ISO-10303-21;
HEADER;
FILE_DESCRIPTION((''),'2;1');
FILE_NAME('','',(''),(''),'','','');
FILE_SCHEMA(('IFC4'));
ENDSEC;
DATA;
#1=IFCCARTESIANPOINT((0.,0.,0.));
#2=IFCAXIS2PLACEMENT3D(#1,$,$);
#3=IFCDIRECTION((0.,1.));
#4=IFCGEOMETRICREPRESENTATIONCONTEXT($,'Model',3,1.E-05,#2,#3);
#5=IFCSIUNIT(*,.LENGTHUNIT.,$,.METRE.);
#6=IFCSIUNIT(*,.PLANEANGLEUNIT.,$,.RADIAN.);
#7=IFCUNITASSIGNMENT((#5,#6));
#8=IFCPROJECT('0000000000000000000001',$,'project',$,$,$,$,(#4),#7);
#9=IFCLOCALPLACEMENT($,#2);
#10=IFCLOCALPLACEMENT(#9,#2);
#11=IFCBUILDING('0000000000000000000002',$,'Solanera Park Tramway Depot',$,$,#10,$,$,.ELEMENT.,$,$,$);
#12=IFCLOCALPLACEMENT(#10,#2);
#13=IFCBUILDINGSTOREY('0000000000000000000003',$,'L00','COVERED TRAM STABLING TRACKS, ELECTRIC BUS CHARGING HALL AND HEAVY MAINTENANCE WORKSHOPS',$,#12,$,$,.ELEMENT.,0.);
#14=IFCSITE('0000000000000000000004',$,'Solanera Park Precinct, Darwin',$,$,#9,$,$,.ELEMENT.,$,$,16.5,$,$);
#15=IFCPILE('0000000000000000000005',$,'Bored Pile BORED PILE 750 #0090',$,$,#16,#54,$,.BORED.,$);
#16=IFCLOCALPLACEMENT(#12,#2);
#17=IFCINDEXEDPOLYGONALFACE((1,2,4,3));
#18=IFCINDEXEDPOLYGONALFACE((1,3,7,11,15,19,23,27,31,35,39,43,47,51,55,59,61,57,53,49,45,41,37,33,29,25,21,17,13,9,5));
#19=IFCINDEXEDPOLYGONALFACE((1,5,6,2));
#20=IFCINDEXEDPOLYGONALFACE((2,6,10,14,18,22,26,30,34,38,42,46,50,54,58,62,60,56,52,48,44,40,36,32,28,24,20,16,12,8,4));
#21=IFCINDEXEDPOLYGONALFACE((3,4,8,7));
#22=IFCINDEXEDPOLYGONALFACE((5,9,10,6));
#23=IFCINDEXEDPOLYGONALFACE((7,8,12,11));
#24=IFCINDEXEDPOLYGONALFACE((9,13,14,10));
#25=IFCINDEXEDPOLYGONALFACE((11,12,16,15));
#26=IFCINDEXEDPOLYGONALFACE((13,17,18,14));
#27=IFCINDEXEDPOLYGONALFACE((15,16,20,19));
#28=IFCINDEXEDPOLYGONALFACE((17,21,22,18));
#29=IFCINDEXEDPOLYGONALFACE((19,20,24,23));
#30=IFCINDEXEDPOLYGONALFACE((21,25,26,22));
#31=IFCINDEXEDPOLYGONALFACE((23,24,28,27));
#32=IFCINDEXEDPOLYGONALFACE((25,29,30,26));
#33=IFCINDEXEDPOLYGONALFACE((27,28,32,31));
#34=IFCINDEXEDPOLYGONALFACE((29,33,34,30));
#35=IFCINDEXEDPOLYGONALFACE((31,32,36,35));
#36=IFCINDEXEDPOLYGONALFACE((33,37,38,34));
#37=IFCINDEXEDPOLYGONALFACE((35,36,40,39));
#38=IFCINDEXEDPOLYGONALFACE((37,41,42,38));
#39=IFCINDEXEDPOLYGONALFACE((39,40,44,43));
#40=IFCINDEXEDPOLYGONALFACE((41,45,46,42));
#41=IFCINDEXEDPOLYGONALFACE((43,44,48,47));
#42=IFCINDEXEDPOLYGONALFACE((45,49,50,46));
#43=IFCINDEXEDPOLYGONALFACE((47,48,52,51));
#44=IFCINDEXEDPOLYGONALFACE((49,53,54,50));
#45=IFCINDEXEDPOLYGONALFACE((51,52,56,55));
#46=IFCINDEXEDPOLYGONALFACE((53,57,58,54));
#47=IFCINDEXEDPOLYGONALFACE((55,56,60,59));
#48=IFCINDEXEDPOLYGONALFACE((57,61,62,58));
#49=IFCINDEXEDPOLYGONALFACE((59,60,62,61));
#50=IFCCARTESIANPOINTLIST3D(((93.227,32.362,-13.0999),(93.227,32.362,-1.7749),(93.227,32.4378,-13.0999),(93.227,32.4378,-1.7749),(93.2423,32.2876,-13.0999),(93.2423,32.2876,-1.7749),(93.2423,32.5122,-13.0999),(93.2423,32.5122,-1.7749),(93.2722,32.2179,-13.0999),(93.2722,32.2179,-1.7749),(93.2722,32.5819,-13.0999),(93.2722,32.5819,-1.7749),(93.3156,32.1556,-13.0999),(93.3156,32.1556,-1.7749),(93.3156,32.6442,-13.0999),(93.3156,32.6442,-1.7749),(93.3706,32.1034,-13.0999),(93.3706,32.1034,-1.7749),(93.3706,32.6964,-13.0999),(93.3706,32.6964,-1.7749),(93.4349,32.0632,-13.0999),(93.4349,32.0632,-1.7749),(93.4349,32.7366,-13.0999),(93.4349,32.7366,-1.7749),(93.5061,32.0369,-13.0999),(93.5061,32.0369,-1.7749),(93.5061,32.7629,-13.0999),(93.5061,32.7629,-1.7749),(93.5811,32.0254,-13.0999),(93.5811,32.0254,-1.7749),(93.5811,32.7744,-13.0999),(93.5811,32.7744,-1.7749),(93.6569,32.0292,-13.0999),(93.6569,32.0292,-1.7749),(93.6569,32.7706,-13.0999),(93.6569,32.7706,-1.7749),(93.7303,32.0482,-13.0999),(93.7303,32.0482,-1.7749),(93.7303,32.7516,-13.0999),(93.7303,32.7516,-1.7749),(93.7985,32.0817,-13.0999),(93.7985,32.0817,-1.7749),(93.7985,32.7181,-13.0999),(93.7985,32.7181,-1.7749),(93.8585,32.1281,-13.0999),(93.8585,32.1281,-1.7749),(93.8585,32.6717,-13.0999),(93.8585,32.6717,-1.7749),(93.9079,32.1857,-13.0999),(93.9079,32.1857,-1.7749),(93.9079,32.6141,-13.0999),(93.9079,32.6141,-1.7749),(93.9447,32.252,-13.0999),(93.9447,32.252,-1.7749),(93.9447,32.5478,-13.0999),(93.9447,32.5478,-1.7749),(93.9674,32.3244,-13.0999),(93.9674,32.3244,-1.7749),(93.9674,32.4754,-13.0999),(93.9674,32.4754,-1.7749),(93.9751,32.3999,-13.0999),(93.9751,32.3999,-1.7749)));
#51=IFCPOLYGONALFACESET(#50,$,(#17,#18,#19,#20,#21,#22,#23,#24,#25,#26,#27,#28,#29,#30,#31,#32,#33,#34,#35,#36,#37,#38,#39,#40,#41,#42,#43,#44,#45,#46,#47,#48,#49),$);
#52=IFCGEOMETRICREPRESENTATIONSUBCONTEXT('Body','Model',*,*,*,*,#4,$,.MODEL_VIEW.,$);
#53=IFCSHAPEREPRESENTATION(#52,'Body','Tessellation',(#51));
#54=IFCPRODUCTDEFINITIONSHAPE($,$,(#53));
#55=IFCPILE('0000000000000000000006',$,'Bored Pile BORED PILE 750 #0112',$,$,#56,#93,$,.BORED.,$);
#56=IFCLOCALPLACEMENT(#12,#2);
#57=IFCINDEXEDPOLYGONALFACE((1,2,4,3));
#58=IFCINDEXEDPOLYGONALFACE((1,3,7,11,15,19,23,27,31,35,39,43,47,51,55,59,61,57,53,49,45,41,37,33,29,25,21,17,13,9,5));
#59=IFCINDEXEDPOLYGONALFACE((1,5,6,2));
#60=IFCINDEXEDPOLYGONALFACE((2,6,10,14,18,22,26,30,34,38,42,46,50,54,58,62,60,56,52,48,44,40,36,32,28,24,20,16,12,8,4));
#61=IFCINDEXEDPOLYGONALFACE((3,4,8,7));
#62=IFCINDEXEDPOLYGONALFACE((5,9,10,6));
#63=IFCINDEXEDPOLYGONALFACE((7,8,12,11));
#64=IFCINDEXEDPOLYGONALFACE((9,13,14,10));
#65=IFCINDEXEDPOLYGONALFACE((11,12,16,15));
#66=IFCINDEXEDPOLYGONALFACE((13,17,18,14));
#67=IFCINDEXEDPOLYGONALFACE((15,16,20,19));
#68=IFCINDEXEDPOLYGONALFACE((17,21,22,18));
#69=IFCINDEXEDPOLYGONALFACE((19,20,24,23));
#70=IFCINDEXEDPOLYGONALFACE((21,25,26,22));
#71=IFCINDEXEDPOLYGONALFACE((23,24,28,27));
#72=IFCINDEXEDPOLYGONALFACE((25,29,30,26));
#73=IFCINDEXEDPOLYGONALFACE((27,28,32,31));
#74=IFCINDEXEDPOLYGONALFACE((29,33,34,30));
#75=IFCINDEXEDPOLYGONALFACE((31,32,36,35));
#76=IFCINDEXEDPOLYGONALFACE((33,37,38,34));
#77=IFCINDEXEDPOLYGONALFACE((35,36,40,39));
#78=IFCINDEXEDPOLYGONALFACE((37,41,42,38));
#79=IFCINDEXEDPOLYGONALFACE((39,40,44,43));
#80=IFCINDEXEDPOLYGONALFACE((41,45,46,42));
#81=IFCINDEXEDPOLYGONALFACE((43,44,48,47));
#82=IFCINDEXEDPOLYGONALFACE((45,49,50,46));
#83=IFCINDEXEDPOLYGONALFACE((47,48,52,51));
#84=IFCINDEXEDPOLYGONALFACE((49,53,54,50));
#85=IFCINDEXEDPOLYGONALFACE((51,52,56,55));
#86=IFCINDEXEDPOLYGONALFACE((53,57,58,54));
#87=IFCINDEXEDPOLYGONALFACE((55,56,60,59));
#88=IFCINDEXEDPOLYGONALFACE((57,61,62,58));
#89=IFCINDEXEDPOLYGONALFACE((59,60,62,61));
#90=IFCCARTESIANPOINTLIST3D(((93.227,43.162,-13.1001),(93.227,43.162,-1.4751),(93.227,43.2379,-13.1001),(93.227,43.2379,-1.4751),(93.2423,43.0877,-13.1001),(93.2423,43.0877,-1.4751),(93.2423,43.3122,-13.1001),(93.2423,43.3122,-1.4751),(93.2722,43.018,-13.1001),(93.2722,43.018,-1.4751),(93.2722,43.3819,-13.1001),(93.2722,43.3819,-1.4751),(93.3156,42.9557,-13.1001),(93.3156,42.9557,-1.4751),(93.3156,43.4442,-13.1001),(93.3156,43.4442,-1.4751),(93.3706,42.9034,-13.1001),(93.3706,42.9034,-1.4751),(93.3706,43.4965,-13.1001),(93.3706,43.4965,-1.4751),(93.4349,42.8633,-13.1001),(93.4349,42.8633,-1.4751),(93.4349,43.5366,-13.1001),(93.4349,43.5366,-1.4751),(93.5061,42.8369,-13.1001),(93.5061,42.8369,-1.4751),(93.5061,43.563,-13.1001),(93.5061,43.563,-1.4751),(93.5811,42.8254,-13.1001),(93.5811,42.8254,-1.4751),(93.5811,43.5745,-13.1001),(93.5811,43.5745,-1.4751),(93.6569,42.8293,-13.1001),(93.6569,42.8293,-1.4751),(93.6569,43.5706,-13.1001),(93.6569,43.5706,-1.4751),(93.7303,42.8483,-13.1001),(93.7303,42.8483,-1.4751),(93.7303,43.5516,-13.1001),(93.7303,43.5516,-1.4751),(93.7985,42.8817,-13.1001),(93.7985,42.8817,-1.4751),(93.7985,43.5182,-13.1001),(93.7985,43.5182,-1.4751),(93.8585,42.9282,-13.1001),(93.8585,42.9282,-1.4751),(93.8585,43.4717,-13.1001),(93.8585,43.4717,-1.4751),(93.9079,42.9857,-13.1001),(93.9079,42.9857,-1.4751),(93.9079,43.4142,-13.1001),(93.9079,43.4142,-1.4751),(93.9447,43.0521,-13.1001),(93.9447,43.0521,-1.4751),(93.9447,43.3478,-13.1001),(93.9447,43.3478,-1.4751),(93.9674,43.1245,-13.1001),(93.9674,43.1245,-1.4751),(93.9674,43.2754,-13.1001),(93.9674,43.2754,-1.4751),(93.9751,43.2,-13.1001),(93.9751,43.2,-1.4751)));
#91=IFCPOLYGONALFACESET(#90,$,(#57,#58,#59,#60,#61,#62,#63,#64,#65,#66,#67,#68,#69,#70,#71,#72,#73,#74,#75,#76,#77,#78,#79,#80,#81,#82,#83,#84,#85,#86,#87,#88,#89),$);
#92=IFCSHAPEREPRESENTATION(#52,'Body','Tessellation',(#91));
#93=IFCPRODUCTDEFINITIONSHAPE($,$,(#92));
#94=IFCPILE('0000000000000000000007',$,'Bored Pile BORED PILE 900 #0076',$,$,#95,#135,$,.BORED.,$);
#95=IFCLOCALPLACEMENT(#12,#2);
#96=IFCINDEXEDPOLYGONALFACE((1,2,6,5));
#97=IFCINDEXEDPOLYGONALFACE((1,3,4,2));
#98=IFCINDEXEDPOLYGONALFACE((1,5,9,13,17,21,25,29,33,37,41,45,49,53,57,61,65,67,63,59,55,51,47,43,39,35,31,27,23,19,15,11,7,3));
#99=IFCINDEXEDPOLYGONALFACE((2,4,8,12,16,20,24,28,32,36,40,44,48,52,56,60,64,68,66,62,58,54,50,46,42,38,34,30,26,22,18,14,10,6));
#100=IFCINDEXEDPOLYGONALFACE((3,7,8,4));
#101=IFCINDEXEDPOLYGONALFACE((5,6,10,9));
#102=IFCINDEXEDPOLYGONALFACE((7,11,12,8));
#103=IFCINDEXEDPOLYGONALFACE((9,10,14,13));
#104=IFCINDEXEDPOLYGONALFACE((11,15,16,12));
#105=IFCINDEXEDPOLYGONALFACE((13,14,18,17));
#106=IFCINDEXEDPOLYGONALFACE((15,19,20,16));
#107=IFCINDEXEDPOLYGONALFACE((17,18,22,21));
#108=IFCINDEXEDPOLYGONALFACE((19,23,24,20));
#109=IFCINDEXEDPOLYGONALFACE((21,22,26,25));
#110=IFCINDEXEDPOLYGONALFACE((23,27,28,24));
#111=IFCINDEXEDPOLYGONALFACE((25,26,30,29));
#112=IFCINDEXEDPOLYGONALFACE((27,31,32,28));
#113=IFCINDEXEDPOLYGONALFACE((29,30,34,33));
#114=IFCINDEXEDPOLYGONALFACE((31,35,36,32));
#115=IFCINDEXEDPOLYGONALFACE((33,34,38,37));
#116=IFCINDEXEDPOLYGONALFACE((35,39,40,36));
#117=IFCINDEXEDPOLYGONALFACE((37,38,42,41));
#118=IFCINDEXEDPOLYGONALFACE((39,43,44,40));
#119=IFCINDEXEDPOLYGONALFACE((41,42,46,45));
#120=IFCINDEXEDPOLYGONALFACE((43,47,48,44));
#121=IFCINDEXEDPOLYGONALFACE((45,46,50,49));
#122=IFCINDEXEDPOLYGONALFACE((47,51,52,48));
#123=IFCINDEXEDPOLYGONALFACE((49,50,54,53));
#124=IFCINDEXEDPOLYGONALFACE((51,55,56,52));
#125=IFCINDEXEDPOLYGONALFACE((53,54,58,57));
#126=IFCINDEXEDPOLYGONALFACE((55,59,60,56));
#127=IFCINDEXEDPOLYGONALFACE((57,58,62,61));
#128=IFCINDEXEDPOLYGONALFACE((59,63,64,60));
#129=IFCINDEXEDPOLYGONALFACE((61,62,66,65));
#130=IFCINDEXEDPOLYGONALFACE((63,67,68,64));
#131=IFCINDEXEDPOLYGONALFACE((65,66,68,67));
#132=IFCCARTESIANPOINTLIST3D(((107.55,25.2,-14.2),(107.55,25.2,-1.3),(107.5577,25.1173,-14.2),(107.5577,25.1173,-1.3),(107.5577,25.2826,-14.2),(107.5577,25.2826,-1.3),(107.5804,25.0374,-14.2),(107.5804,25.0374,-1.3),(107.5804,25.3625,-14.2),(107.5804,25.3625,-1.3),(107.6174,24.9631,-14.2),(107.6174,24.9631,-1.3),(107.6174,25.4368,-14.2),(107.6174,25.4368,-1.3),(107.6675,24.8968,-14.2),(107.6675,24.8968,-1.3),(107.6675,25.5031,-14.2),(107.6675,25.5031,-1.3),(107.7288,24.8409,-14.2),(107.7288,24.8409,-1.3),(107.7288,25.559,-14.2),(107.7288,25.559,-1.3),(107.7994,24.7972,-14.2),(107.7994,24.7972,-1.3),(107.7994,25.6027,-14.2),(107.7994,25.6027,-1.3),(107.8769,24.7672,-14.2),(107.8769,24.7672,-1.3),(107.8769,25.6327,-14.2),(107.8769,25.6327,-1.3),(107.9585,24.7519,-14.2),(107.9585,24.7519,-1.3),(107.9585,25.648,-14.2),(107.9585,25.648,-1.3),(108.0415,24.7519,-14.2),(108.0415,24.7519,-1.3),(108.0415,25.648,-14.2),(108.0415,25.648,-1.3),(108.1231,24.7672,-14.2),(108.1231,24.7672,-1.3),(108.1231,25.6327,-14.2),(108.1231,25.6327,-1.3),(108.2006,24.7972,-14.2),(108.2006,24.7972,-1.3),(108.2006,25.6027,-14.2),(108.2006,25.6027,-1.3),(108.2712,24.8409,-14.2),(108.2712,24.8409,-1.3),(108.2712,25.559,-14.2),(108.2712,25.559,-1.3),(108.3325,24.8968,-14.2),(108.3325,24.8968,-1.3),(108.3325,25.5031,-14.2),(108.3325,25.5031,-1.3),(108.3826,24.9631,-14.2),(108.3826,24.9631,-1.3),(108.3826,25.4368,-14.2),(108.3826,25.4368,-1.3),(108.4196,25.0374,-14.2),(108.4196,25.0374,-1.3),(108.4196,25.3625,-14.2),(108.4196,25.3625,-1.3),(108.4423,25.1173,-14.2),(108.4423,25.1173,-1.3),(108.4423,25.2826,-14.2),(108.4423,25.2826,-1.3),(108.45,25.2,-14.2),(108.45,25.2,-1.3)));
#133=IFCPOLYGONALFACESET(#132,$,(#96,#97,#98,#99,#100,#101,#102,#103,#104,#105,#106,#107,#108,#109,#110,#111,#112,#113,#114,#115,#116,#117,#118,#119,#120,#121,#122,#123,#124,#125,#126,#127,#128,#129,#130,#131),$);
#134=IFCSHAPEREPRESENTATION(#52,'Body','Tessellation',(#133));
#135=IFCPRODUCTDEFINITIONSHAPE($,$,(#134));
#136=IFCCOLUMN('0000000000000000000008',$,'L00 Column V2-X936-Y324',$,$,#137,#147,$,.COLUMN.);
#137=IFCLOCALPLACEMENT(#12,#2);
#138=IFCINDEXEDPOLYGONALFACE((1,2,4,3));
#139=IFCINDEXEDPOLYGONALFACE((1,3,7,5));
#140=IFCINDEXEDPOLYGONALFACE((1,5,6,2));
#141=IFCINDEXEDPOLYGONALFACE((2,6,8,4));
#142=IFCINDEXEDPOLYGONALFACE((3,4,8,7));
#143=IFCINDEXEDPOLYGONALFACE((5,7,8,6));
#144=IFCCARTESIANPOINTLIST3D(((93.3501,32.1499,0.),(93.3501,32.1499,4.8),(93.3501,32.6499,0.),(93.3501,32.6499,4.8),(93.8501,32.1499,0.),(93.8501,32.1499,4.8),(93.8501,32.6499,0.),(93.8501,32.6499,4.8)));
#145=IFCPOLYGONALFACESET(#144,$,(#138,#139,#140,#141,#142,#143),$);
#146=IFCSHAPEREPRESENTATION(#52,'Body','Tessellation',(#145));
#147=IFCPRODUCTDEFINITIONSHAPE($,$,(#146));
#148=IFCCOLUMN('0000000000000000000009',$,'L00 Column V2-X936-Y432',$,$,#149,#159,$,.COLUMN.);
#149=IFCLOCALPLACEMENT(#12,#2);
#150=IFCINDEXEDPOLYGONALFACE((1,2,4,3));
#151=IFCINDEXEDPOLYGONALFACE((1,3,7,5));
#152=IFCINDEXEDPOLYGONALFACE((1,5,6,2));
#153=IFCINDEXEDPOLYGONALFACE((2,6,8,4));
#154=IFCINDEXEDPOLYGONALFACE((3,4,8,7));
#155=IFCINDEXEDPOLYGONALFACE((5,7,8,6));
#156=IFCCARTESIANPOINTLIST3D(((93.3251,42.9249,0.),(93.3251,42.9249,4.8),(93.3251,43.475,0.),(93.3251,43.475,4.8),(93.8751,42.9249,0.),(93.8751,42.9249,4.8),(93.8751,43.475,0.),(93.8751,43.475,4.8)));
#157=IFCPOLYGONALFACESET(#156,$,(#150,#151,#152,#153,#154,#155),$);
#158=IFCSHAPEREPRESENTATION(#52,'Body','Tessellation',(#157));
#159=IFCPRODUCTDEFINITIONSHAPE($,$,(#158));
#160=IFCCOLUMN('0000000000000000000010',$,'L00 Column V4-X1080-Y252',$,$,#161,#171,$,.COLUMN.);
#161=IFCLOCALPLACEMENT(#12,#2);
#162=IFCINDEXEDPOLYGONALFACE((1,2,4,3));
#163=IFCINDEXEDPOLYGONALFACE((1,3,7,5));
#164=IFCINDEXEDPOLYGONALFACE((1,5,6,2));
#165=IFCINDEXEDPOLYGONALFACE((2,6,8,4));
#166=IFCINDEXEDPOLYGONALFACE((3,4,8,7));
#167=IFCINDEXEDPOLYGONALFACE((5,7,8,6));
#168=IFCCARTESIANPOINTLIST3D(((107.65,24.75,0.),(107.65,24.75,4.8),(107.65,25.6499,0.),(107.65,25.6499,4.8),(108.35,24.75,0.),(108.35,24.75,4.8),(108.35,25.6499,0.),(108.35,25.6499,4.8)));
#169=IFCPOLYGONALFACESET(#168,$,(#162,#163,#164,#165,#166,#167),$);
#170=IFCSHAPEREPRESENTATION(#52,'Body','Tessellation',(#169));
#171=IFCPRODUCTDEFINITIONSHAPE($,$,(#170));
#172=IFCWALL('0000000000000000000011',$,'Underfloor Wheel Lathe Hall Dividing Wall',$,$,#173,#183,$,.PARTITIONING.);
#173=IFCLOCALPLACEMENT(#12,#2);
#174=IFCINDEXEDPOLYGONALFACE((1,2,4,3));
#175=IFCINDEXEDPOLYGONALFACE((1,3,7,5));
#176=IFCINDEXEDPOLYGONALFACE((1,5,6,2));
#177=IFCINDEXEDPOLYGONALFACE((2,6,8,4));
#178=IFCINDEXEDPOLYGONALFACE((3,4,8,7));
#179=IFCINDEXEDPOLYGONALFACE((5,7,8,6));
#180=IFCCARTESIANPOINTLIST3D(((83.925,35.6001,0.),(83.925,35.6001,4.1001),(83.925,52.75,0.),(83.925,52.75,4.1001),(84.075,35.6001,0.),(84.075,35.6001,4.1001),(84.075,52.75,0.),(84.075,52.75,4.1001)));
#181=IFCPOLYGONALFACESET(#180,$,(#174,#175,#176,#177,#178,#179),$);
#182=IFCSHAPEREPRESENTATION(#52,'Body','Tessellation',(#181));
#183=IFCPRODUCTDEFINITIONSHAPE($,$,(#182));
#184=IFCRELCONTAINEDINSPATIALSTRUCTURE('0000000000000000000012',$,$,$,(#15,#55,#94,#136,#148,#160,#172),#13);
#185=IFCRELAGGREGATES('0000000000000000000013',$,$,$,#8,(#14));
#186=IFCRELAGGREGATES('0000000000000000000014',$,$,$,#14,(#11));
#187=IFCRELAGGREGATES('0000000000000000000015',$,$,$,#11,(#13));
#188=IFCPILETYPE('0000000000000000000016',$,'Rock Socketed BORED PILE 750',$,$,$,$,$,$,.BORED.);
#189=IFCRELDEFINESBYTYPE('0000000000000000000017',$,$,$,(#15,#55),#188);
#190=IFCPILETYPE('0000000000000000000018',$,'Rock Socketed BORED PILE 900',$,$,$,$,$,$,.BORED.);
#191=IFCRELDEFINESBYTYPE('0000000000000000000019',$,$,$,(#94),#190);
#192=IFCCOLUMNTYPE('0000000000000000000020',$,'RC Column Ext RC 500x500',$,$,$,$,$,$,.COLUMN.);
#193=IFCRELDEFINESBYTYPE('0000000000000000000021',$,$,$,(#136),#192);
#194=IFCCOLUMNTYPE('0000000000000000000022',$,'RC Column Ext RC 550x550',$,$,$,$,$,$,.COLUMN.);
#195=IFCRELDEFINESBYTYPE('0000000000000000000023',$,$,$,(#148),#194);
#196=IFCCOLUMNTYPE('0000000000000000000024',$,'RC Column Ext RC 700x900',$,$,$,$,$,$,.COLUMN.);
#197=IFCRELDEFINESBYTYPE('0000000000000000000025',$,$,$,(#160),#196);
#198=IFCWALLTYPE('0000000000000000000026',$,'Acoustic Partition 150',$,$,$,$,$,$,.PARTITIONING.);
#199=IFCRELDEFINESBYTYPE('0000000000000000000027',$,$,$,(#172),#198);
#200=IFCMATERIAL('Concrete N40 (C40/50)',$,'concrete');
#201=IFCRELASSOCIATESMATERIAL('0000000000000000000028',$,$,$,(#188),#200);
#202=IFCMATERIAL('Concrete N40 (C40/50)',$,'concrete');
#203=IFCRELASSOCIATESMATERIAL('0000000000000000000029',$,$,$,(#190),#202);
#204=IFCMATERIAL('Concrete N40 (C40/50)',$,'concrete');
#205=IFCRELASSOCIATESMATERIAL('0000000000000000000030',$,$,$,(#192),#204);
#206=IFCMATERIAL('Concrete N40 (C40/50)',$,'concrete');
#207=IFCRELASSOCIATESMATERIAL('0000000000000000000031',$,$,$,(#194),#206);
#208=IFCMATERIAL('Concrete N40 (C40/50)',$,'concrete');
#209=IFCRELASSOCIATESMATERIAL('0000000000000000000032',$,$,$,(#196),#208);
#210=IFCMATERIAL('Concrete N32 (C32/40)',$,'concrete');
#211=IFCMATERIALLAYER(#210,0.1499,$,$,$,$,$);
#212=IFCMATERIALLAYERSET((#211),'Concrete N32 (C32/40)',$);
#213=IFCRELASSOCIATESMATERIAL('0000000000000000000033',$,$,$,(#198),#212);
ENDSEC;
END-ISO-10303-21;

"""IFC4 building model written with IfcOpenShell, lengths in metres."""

from ifc_helpers import new_model, si_unit, direction, frame, frame_2d, origin, origin_2d, place, context, subcontext, project, spatial, rectangle, circle, extrude, material, layer, layer_set, material_profile, profile_set, type_object, element, save


model = new_model("IFC4")

# Units and contexts
model_context = context("Model", 3, precision=1e-05, world=origin(), true_north=direction((0.0, 1.0)))
body_context = subcontext(model_context, "Body", "Model", "MODEL_VIEW")
ifc_project = project(units=[si_unit("LENGTHUNIT", "METRE"), si_unit("PLANEANGLEUNIT", "RADIAN")], contexts=[model_context])

# Site, building, storey
site_placement = place(None, origin())
site = spatial("IfcSite", under=ifc_project, at=site_placement, Name="Solanera Park Precinct, Darwin", CompositionType="ELEMENT", RefElevation=16.5)
building_placement = place(site_placement, origin())
building = spatial("IfcBuilding", under=site, at=building_placement, Name="Solanera Park Tramway Depot", CompositionType="ELEMENT")
storey_placement = place(building_placement, origin())
storey = spatial("IfcBuildingStorey", under=building, at=storey_placement, Name="L00", Description="COVERED TRAM STABLING TRACKS, ELECTRIC BUS CHARGING HALL AND HEAVY MAINTENANCE WORKSHOPS", CompositionType="ELEMENT", Elevation=0.0)

# Piles
ifc_material_1 = material(Name="Concrete N40 (C40/50)", Category="concrete")
ifc_material_profile_1 = material_profile(ifc_material_1, circle(Radius=0.375, at=origin_2d()), Name="BORED PILE 750")
ifc_profile_set_1 = profile_set([ifc_material_profile_1], Name="Concrete N40 (C40/50)")
pile_type_1 = type_object("IfcPileType", Name="Rock Socketed BORED PILE 750", PredefinedType="BORED", material=ifc_profile_set_1)
pile_1_placement = place(storey_placement, frame((93.6001, 32.3999, -1.7749), z_axis=(0.0, 0.0, -1.0), x_axis=(1.0, 0.0, 0.0)))
element("IfcPile", 1, at=pile_1_placement, inside=storey, type_object=pile_type_1, Name="Bored Pile BORED PILE 750 #0090", PredefinedType="BORED", context=body_context, shape_type="SweptSolid", body=[
    extrude(circle(Radius=0.375, at=origin_2d()), origin(), (0.0, 0.0, 1.0), 11.325),
])
pile_2_placement = place(storey_placement, frame((93.6001, 43.2, -1.4751), z_axis=(0.0, 0.0, -1.0), x_axis=(1.0, 0.0, 0.0)))
element("IfcPile", 2, at=pile_2_placement, inside=storey, type_object=pile_type_1, Name="Bored Pile BORED PILE 750 #0112", PredefinedType="BORED", context=body_context, shape_type="SweptSolid", body=[
    extrude(circle(Radius=0.375, at=origin_2d()), origin(), (0.0, 0.0, 1.0), 11.625),
])
ifc_material_2 = material(Name="Concrete N40 (C40/50)", Category="concrete")
ifc_material_profile_2 = material_profile(ifc_material_2, circle(Radius=0.45, at=origin_2d()), Name="BORED PILE 900")
ifc_profile_set_2 = profile_set([ifc_material_profile_2], Name="Concrete N40 (C40/50)")
pile_type_2 = type_object("IfcPileType", Name="Rock Socketed BORED PILE 900", PredefinedType="BORED", material=ifc_profile_set_2)
pile_3_placement = place(storey_placement, frame((108.0, 25.2, -1.3), z_axis=(0.0, 0.0, -1.0), x_axis=(1.0, 0.0, 0.0)))
element("IfcPile", 3, at=pile_3_placement, inside=storey, type_object=pile_type_2, Name="Bored Pile BORED PILE 900 #0076", PredefinedType="BORED", context=body_context, shape_type="SweptSolid", body=[
    extrude(circle(Radius=0.45, at=origin_2d()), origin(), (0.0, 0.0, 1.0), 12.8999),
])

# Columns
ifc_material_3 = material(Name="Concrete N40 (C40/50)", Category="concrete")
ifc_material_profile_3 = material_profile(ifc_material_3, rectangle(XDim=0.5, YDim=0.5, at=origin_2d()), Name="RC 500x500")
ifc_profile_set_3 = profile_set([ifc_material_profile_3], Name="Concrete N40 (C40/50)")
column_type_1 = type_object("IfcColumnType", Name="RC Column Ext RC 500x500", PredefinedType="COLUMN", material=ifc_profile_set_3)
column_1_placement = place(storey_placement, frame((93.6001, 32.3999, 0.0), z_axis=(0.0, 0.0, 1.0), x_axis=(1.0, 0.0, 0.0)))
element("IfcColumn", 4, at=column_1_placement, inside=storey, type_object=column_type_1, Name="L00 Column V2-X936-Y324", PredefinedType="COLUMN", context=body_context, shape_type="SweptSolid", body=[
    extrude(rectangle(XDim=0.5, YDim=0.5, at=origin_2d()), origin(), (0.0, 0.0, 1.0), 4.8),
])
ifc_material_4 = material(Name="Concrete N40 (C40/50)", Category="concrete")
ifc_material_profile_4 = material_profile(ifc_material_4, rectangle(XDim=0.55, YDim=0.55, at=origin_2d()), Name="RC 550x550")
ifc_profile_set_4 = profile_set([ifc_material_profile_4], Name="Concrete N40 (C40/50)")
column_type_2 = type_object("IfcColumnType", Name="RC Column Ext RC 550x550", PredefinedType="COLUMN", material=ifc_profile_set_4)
column_2_placement = place(storey_placement, frame((93.6001, 43.2, 0.0), z_axis=(0.0, 0.0, 1.0), x_axis=(1.0, 0.0, 0.0)))
element("IfcColumn", 5, at=column_2_placement, inside=storey, type_object=column_type_2, Name="L00 Column V2-X936-Y432", PredefinedType="COLUMN", context=body_context, shape_type="SweptSolid", body=[
    extrude(rectangle(XDim=0.55, YDim=0.55, at=origin_2d()), origin(), (0.0, 0.0, 1.0), 4.8),
])
ifc_material_5 = material(Name="Concrete N40 (C40/50)", Category="concrete")
ifc_material_profile_5 = material_profile(ifc_material_5, rectangle(XDim=0.7, YDim=0.8999, at=origin_2d()), Name="RC 700x900")
ifc_profile_set_5 = profile_set([ifc_material_profile_5], Name="Concrete N40 (C40/50)")
column_type_3 = type_object("IfcColumnType", Name="RC Column Ext RC 700x900", PredefinedType="COLUMN", material=ifc_profile_set_5)
column_3_placement = place(storey_placement, frame((108.0, 25.2, 0.0), z_axis=(0.0, 0.0, 1.0), x_axis=(1.0, 0.0, 0.0)))
element("IfcColumn", 6, at=column_3_placement, inside=storey, type_object=column_type_3, Name="L00 Column V4-X1080-Y252", PredefinedType="COLUMN", context=body_context, shape_type="SweptSolid", body=[
    extrude(rectangle(XDim=0.7, YDim=0.8999, at=origin_2d()), origin(), (0.0, 0.0, 1.0), 4.8),
])

# Wall
ifc_material_6 = material(Name="Concrete N32 (C32/40)", Category="concrete")
ifc_layer_1 = layer(ifc_material_6, 0.1499)
ifc_layer_set_1 = layer_set([ifc_layer_1], Name="Concrete N32 (C32/40)")
wall_type_1 = type_object("IfcWallType", Name="Acoustic Partition 150", PredefinedType="PARTITIONING", material=ifc_layer_set_1)
wall_1_placement = place(storey_placement, frame((84.0, 35.6001, 0.0), z_axis=(0.0, 0.0, 1.0), x_axis=(0.0, 1.0, 0.0)))
element("IfcWall", 7, at=wall_1_placement, inside=storey, type_object=wall_type_1, Name="Underfloor Wheel Lathe Hall Dividing Wall", PredefinedType="PARTITIONING", context=body_context, shape_type="SweptSolid", body=[
    extrude(rectangle(XDim=17.1499, YDim=0.1499, at=frame_2d((8.575, 0.0))), origin(), (0.0, 0.0, 1.0), 4.1001),
])

save(model, "model.ifc")
